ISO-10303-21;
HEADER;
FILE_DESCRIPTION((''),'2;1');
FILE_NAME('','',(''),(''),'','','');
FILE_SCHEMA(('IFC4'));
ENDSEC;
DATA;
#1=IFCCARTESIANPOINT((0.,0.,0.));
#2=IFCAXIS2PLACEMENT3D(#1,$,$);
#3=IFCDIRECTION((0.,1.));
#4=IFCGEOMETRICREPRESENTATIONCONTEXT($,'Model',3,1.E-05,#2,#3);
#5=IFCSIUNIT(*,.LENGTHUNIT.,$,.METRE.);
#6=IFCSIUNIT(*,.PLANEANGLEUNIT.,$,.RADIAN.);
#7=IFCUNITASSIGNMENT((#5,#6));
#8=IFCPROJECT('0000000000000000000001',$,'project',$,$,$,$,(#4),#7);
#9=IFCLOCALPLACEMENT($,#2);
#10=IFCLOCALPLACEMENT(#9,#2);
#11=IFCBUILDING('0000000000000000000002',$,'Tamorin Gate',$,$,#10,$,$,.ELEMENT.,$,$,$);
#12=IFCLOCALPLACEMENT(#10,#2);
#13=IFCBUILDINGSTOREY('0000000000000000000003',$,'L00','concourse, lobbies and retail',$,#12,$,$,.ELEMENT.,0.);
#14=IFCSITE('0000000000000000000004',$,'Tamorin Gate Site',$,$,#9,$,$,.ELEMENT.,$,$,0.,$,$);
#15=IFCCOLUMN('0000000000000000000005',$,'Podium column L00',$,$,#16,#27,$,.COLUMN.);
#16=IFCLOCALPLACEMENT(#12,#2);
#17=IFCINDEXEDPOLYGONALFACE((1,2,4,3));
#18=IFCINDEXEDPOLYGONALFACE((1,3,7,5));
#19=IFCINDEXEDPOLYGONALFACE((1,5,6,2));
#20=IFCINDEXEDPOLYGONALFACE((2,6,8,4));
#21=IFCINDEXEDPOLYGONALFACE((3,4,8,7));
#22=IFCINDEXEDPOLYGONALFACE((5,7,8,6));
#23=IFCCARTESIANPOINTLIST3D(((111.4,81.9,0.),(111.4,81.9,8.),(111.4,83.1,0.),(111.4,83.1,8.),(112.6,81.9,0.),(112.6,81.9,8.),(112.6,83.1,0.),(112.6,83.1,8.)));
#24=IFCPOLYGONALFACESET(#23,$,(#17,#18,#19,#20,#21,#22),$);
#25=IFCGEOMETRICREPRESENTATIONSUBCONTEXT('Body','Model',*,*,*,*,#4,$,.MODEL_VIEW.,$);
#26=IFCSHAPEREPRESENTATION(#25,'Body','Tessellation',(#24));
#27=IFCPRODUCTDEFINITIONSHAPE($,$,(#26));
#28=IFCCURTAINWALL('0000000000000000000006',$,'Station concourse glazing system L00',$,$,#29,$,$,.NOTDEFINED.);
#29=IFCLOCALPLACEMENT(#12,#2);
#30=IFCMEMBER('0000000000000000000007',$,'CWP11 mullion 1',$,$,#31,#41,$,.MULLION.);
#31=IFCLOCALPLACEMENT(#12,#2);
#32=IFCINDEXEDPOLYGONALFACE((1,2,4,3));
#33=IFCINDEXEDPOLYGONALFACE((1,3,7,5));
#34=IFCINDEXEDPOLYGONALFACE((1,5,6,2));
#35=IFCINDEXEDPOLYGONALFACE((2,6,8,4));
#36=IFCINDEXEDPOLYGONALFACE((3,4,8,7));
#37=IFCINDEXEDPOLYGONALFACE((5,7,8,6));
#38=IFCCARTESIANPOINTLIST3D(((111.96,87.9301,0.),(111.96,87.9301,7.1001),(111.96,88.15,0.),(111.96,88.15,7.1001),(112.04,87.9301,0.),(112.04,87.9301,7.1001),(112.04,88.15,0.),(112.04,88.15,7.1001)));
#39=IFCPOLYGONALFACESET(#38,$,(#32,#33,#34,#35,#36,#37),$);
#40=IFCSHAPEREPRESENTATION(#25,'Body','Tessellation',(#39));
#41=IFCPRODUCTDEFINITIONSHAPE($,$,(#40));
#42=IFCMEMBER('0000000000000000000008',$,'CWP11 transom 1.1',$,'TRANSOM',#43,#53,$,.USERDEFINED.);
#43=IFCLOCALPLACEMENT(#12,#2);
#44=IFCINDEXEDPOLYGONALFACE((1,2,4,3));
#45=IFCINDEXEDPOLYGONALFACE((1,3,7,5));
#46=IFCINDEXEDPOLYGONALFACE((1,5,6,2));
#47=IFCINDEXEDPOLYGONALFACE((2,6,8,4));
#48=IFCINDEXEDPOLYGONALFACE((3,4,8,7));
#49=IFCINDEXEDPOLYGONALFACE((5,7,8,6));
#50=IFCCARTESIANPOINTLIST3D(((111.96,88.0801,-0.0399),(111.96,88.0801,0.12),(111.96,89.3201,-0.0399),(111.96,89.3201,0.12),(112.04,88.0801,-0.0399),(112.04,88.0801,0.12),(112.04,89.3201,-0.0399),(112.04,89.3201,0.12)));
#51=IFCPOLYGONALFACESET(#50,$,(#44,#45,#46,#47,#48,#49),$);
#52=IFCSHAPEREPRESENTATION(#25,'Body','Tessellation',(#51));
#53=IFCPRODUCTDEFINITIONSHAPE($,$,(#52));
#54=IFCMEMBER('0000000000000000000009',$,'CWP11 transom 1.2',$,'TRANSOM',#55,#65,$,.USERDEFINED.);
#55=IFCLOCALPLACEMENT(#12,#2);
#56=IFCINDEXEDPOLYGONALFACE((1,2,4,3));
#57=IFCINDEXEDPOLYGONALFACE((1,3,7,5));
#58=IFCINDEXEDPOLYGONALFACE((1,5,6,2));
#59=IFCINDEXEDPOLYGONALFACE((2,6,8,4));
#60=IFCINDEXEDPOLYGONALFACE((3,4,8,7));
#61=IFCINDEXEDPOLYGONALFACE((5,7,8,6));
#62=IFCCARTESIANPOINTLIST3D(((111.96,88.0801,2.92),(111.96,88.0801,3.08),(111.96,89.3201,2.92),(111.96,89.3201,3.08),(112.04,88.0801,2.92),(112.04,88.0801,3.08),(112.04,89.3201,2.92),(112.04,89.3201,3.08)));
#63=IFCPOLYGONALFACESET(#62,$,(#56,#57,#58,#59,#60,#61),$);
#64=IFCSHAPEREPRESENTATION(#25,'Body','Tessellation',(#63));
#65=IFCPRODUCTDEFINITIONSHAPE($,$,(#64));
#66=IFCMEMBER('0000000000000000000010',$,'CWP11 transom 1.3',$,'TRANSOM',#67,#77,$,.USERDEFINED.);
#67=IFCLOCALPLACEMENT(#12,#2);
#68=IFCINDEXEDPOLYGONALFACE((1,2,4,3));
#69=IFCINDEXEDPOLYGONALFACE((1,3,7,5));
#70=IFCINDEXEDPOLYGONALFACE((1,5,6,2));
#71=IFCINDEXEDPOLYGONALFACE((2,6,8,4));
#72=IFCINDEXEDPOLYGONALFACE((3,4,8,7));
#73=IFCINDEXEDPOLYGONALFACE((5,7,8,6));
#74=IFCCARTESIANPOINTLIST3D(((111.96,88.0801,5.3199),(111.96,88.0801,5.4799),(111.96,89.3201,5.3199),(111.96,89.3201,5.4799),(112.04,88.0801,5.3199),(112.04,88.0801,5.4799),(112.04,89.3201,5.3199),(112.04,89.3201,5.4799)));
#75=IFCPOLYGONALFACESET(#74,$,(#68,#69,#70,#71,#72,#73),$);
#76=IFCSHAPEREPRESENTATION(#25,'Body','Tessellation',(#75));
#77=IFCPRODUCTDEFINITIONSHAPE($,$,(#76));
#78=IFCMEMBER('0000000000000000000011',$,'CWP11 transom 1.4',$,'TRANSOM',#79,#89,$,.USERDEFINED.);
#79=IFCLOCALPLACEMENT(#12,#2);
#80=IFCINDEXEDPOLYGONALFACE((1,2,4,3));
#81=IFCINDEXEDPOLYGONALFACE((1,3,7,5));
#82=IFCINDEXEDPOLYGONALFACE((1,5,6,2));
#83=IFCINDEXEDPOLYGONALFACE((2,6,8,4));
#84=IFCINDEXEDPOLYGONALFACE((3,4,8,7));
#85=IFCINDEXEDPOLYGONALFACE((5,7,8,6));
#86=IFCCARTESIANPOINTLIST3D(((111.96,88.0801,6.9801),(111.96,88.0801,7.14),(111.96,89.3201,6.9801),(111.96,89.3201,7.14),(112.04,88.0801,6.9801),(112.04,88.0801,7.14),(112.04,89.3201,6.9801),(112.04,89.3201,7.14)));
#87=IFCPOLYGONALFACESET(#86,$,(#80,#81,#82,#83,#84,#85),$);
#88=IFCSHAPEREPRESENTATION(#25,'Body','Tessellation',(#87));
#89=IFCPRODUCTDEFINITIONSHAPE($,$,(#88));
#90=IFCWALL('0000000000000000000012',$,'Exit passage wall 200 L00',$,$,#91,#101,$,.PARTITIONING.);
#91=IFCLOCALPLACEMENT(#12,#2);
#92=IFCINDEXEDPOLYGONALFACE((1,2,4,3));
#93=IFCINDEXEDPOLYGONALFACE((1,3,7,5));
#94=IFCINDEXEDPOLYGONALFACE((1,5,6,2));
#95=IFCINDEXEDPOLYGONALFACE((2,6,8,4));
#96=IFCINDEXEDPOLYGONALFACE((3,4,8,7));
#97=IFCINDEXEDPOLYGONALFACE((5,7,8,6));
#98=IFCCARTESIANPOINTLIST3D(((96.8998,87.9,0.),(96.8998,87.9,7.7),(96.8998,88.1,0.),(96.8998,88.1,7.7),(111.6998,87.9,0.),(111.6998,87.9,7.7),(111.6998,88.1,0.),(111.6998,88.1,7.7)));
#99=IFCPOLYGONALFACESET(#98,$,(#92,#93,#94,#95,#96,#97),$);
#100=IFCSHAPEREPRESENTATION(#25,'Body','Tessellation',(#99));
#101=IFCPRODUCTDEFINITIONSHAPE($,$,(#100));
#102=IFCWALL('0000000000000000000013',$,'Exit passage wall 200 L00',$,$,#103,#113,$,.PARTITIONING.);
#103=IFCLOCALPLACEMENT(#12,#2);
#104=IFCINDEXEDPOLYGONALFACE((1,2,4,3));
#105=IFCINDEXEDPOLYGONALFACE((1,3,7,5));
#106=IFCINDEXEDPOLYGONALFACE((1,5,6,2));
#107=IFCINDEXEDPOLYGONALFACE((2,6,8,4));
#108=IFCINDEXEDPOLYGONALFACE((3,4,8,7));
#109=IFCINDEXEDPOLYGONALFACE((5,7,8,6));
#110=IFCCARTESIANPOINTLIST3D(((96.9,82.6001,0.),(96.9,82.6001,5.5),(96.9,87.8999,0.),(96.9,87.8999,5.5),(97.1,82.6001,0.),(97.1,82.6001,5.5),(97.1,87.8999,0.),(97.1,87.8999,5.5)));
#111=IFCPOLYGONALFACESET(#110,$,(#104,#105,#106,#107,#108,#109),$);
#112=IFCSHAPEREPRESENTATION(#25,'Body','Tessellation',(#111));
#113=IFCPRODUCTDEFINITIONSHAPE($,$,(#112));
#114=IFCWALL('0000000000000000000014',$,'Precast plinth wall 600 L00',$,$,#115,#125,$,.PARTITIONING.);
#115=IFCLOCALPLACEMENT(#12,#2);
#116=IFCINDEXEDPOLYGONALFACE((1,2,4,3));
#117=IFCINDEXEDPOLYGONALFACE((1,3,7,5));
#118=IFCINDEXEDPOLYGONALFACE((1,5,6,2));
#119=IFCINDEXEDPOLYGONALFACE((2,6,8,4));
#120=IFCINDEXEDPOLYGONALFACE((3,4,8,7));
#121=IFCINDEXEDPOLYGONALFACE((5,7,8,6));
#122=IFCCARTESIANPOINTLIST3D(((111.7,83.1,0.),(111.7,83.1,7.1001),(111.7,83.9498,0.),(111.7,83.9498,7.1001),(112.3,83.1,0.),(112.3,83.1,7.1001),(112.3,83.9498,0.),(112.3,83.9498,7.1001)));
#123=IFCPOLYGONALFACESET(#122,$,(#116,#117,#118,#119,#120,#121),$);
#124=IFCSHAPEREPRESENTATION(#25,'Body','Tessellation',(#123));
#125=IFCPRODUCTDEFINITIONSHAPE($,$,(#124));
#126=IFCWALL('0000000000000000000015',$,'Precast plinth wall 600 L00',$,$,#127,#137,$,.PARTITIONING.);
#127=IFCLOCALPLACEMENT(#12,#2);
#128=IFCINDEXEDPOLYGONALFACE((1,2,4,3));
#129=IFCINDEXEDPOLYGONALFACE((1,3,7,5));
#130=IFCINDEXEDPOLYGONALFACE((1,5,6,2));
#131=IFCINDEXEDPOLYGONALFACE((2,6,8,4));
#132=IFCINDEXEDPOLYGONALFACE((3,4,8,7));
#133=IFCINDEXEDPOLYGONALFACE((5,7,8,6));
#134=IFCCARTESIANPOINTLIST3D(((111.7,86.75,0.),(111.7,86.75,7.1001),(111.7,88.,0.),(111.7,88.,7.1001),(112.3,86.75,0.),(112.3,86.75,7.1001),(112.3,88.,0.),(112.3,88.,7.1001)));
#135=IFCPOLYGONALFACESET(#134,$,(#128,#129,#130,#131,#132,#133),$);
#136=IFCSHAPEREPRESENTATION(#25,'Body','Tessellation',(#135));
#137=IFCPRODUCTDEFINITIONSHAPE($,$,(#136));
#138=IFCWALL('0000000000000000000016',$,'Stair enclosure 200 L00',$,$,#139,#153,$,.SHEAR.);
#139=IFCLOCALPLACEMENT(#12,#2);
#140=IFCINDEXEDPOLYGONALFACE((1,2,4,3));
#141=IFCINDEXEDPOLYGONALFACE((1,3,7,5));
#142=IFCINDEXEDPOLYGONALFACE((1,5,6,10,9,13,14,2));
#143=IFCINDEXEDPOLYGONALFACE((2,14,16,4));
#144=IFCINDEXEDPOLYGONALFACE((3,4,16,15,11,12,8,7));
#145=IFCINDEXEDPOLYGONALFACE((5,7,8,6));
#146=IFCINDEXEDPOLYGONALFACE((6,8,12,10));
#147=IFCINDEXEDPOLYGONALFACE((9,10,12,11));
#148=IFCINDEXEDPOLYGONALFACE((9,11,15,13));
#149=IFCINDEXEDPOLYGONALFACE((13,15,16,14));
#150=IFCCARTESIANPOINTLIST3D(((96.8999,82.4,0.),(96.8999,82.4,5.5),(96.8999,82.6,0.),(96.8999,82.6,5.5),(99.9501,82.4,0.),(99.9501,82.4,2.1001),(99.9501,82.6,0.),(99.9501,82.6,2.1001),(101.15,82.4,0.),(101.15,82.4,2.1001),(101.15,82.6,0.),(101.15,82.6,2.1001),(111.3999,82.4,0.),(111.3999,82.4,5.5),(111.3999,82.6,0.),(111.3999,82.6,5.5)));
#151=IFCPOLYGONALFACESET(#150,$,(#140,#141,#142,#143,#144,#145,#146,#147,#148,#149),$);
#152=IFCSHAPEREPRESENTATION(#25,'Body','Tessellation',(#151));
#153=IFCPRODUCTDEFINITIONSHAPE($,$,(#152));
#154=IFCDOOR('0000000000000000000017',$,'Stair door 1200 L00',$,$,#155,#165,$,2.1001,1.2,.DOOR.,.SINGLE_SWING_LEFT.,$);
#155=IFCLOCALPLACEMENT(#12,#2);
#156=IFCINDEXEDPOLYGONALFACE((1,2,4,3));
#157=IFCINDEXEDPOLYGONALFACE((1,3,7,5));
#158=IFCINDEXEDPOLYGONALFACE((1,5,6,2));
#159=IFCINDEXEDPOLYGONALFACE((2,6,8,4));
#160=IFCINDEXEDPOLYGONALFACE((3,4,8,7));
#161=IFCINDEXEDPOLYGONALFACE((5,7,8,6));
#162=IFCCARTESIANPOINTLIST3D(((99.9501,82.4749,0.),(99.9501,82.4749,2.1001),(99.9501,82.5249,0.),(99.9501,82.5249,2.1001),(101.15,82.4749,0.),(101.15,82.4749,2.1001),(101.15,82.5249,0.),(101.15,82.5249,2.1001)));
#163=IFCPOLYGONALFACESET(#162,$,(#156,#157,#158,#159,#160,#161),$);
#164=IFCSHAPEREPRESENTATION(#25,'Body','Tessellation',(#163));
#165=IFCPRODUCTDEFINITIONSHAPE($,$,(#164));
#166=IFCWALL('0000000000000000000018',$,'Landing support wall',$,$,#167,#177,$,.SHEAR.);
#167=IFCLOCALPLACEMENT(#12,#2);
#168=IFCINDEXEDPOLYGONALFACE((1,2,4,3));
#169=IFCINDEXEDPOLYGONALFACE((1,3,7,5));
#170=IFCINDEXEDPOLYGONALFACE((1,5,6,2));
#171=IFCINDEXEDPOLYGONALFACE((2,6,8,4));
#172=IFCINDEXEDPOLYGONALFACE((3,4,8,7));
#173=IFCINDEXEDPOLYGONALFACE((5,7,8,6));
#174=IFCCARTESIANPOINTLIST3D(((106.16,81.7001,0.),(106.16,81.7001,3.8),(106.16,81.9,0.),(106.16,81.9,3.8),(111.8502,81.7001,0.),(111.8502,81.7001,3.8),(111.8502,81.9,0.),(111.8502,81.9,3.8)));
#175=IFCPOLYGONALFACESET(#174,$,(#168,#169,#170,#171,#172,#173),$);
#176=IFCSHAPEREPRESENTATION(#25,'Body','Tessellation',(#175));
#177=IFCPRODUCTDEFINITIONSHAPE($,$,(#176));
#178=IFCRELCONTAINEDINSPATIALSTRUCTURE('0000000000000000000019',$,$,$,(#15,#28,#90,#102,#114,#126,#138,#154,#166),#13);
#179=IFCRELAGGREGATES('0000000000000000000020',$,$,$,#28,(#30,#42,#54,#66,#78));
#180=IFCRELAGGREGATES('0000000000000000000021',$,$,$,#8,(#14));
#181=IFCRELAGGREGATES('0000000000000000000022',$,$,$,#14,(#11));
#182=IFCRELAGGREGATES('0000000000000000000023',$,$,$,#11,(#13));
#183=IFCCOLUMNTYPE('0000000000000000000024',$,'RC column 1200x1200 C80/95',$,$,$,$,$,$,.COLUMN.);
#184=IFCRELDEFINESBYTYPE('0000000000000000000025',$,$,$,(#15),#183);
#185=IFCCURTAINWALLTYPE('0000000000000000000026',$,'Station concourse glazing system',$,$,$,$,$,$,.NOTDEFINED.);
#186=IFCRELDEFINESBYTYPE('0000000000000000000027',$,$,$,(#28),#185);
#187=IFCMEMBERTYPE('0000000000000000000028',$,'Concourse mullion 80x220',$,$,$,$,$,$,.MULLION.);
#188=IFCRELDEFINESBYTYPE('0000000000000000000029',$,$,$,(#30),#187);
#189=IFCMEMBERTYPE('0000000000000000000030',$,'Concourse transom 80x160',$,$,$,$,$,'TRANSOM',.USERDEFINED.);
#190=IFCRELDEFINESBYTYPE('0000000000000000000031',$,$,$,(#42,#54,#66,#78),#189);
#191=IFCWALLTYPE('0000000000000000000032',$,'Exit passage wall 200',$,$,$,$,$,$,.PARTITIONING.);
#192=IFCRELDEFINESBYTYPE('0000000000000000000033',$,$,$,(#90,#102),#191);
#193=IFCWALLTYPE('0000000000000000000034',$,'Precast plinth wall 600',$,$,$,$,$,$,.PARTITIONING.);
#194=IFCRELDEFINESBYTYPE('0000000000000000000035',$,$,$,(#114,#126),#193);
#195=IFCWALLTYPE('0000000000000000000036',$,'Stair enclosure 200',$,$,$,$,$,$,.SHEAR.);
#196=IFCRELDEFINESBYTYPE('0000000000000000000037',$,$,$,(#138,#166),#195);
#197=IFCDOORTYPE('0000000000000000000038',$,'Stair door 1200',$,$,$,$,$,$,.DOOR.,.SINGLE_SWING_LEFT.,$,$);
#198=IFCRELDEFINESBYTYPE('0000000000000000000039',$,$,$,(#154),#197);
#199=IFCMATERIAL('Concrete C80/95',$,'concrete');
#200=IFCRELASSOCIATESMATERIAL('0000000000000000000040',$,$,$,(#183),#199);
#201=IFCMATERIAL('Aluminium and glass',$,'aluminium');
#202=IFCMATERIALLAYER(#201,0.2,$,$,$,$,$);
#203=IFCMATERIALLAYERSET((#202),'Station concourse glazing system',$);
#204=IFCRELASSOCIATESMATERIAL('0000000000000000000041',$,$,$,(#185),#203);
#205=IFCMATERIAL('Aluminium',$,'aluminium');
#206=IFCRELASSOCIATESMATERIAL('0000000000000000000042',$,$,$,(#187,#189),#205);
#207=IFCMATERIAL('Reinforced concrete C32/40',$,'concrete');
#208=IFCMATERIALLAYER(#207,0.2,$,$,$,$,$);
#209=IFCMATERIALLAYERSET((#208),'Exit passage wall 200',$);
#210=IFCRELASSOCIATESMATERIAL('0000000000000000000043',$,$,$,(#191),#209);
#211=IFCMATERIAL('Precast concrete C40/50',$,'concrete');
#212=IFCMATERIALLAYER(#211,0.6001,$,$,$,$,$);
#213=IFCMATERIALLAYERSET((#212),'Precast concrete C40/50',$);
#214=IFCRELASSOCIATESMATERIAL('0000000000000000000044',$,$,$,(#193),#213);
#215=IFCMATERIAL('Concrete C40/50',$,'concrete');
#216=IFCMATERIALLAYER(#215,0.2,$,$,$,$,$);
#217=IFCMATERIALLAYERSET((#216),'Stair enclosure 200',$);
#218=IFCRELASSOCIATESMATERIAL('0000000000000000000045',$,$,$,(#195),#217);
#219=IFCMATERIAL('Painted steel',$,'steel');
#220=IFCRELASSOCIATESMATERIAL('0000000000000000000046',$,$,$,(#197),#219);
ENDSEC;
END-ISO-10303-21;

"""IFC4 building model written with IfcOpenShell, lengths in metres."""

from ifc_helpers import new_model, si_unit, direction, frame, frame_2d, origin, origin_2d, place, context, subcontext, project, spatial, rectangle, extrude, material, layer, layer_set, material_profile, profile_set, type_object, element, fill, aggregate, save


model = new_model("IFC4")

# Units and contexts
model_context = context("Model", 3, precision=1e-05, world=origin(), true_north=direction((0.0, 1.0)))
body_context = subcontext(model_context, "Body", "Model", "MODEL_VIEW")
ifc_project = project(units=[si_unit("LENGTHUNIT", "METRE"), si_unit("PLANEANGLEUNIT", "RADIAN")], contexts=[model_context])

# Site, building, storey
site_placement = place(None, origin())
site = spatial("IfcSite", under=ifc_project, at=site_placement, Name="Tamorin Gate Site", CompositionType="ELEMENT", RefElevation=0.0)
building_placement = place(site_placement, origin())
building = spatial("IfcBuilding", under=site, at=building_placement, Name="Tamorin Gate", CompositionType="ELEMENT")
storey_placement = place(building_placement, origin())
storey = spatial("IfcBuildingStorey", under=building, at=storey_placement, Name="L00", Description="concourse, lobbies and retail", CompositionType="ELEMENT", Elevation=0.0)

# Column
ifc_material_1 = material(Name="Concrete C80/95", Category="concrete")
ifc_material_profile_1 = material_profile(ifc_material_1, rectangle(XDim=1.2, YDim=1.2, at=origin_2d()), Name="RC 1200x1200")
ifc_profile_set_1 = profile_set([ifc_material_profile_1], Name="Concrete C80/95")
column_type = type_object("IfcColumnType", Name="RC column 1200x1200 C80/95", PredefinedType="COLUMN", material=ifc_profile_set_1)
column_placement = place(storey_placement, frame((112.0, 82.5, 0.0), z_axis=(0.0, 0.0, 1.0), x_axis=(1.0, 0.0, 0.0)))
element("IfcColumn", 1, at=column_placement, inside=storey, type_object=column_type, Name="Podium column L00", PredefinedType="COLUMN", context=body_context, shape_type="SweptSolid", body=[
    extrude(rectangle(XDim=1.2, YDim=1.2, at=origin_2d()), origin(), (0.0, 0.0, 1.0), 8.0),
])

# Curtain wall, members
ifc_material_2 = material(Name="Aluminium and glass", Category="aluminium")
ifc_layer_1 = layer(ifc_material_2, 0.2)
ifc_layer_set_1 = layer_set([ifc_layer_1], Name="Station concourse glazing system")
curtain_wall_type = type_object("IfcCurtainWallType", Name="Station concourse glazing system", PredefinedType="NOTDEFINED", material=ifc_layer_set_1)
curtain_wall_placement = place(storey_placement, origin())
curtain_wall = element("IfcCurtainWall", 2, at=curtain_wall_placement, inside=storey, type_object=curtain_wall_type, Name="Station concourse glazing system L00", PredefinedType="NOTDEFINED")
ifc_material_3 = material(Name="Aluminium", Category="aluminium")
ifc_material_profile_2 = material_profile(ifc_material_3, rectangle(XDim=0.0801, YDim=0.22, at=origin_2d()), Name="RECT 80x220")
ifc_profile_set_2 = profile_set([ifc_material_profile_2], Name="Aluminium")
member_type_1 = type_object("IfcMemberType", Name="Concourse mullion 80x220", PredefinedType="MULLION", material=ifc_profile_set_2)
member_1_placement = place(storey_placement, frame((112.0, 88.04, 0.0), z_axis=(0.0, 0.0, 1.0), x_axis=(-1.0, 0.0, 0.0)))
member_1 = element("IfcMember", 3, at=member_1_placement, type_object=member_type_1, Name="CWP11 mullion 1", PredefinedType="MULLION", context=body_context, shape_type="SweptSolid", body=[
    extrude(rectangle(XDim=0.0801, YDim=0.22, at=origin_2d()), origin(), (0.0, 0.0, 1.0), 7.1001),
])
ifc_material_profile_3 = material_profile(ifc_material_3, rectangle(XDim=0.0801, YDim=0.1599, at=origin_2d()), Name="RECT 80x160")
ifc_profile_set_3 = profile_set([ifc_material_profile_3], Name="Aluminium")
member_type_2 = type_object("IfcMemberType", Name="Concourse transom 80x160", ElementType="TRANSOM", PredefinedType="USERDEFINED", material=ifc_profile_set_3)
member_2_placement = place(storey_placement, frame((112.0, 88.0801, 0.04), z_axis=(0.0, 1.0, 0.0), x_axis=(-1.0, 0.0, 0.0)))
member_2 = element("IfcMember", 4, at=member_2_placement, type_object=member_type_2, Name="CWP11 transom 1.1", ObjectType="TRANSOM", PredefinedType="USERDEFINED", context=body_context, shape_type="SweptSolid", body=[
    extrude(rectangle(XDim=0.0801, YDim=0.1599, at=origin_2d()), origin(), (0.0, 0.0, 1.0), 1.24),
])
member_3_placement = place(storey_placement, frame((112.0, 88.0801, 3.0), z_axis=(0.0, 1.0, 0.0), x_axis=(-1.0, 0.0, 0.0)))
member_3 = element("IfcMember", 5, at=member_3_placement, type_object=member_type_2, Name="CWP11 transom 1.2", ObjectType="TRANSOM", PredefinedType="USERDEFINED", context=body_context, shape_type="SweptSolid", body=[
    extrude(rectangle(XDim=0.0801, YDim=0.1599, at=origin_2d()), origin(), (0.0, 0.0, 1.0), 1.24),
])
member_4_placement = place(storey_placement, frame((112.0, 88.0801, 5.3999), z_axis=(0.0, 1.0, 0.0), x_axis=(-1.0, 0.0, 0.0)))
member_4 = element("IfcMember", 6, at=member_4_placement, type_object=member_type_2, Name="CWP11 transom 1.3", ObjectType="TRANSOM", PredefinedType="USERDEFINED", context=body_context, shape_type="SweptSolid", body=[
    extrude(rectangle(XDim=0.0801, YDim=0.1599, at=origin_2d()), origin(), (0.0, 0.0, 1.0), 1.24),
])
member_5_placement = place(storey_placement, frame((112.0, 88.0801, 7.0601), z_axis=(0.0, 1.0, 0.0), x_axis=(-1.0, 0.0, 0.0)))
member_5 = element("IfcMember", 7, at=member_5_placement, type_object=member_type_2, Name="CWP11 transom 1.4", ObjectType="TRANSOM", PredefinedType="USERDEFINED", context=body_context, shape_type="SweptSolid", body=[
    extrude(rectangle(XDim=0.0801, YDim=0.1599, at=origin_2d()), origin(), (0.0, 0.0, 1.0), 1.24),
])
aggregate(curtain_wall, [member_1, member_2, member_3, member_4, member_5])

# Walls
ifc_material_4 = material(Name="Reinforced concrete C32/40", Category="concrete")
ifc_layer_2 = layer(ifc_material_4, 0.2)
ifc_layer_set_2 = layer_set([ifc_layer_2], Name="Exit passage wall 200")
wall_type_1 = type_object("IfcWallType", Name="Exit passage wall 200", PredefinedType="PARTITIONING", material=ifc_layer_set_2)
wall_1_placement = place(storey_placement, frame((96.8999, 88.0, 0.0), z_axis=(0.0, 0.0, 1.0), x_axis=(1.0, 0.0, 0.0)))
element("IfcWall", 8, at=wall_1_placement, inside=storey, type_object=wall_type_1, Name="Exit passage wall 200 L00", PredefinedType="PARTITIONING", context=body_context, shape_type="SweptSolid", body=[
    extrude(rectangle(XDim=14.8, YDim=0.2, at=frame_2d((7.3999, 0.0))), origin(), (0.0, 0.0, 1.0), 7.7),
])
wall_2_placement = place(storey_placement, frame((97.0, 82.6001, 0.0), z_axis=(0.0, 0.0, 1.0), x_axis=(0.0, 1.0, 0.0)))
element("IfcWall", 9, at=wall_2_placement, inside=storey, type_object=wall_type_1, Name="Exit passage wall 200 L00", PredefinedType="PARTITIONING", context=body_context, shape_type="SweptSolid", body=[
    extrude(rectangle(XDim=5.2998, YDim=0.2, at=frame_2d((2.6499, 0.0))), origin(), (0.0, 0.0, 1.0), 5.5),
])

# Shared definitions
ifc_material_5 = material(Name="Precast concrete C40/50", Category="concrete")
ifc_layer_3 = layer(ifc_material_5, 0.6001)
ifc_layer_set_3 = layer_set([ifc_layer_3], Name="Precast concrete C40/50")
wall_type_2 = type_object("IfcWallType", Name="Precast plinth wall 600", PredefinedType="PARTITIONING", material=ifc_layer_set_3)

# Walls
wall_3_placement = place(storey_placement, frame((112.0, 83.1001, 0.0), z_axis=(0.0, 0.0, 1.0), x_axis=(0.0, 1.0, 0.0)))
element("IfcWall", 10, at=wall_3_placement, inside=storey, type_object=wall_type_2, Name="Precast plinth wall 600 L00", PredefinedType="PARTITIONING", context=body_context, shape_type="SweptSolid", body=[
    extrude(rectangle(XDim=0.8499, YDim=0.6001, at=frame_2d((0.4248, 0.0))), origin(), (0.0, 0.0, 1.0), 7.1001),
])
wall_4_placement = place(storey_placement, frame((112.0, 86.75, 0.0), z_axis=(0.0, 0.0, 1.0), x_axis=(0.0, 1.0, 0.0)))
element("IfcWall", 11, at=wall_4_placement, inside=storey, type_object=wall_type_2, Name="Precast plinth wall 600 L00", PredefinedType="PARTITIONING", context=body_context, shape_type="SweptSolid", body=[
    extrude(rectangle(XDim=1.25, YDim=0.6001, at=frame_2d((0.625, 0.0))), origin(), (0.0, 0.0, 1.0), 7.1001),
])

# Wall, opening, door
ifc_material_6 = material(Name="Concrete C40/50", Category="concrete")
ifc_layer_4 = layer(ifc_material_6, 0.2)
ifc_layer_set_4 = layer_set([ifc_layer_4], Name="Stair enclosure 200")
wall_type_3 = type_object("IfcWallType", Name="Stair enclosure 200", PredefinedType="SHEAR", material=ifc_layer_set_4)
wall_5_placement = place(storey_placement, frame((96.8999, 82.5, 0.0), z_axis=(0.0, 0.0, 1.0), x_axis=(1.0, 0.0, 0.0)))
wall_5 = element("IfcWall", 12, at=wall_5_placement, inside=storey, type_object=wall_type_3, Name="Stair enclosure 200 L00", PredefinedType="SHEAR", context=body_context, shape_type="SweptSolid", body=[
    extrude(rectangle(XDim=14.5, YDim=0.2, at=frame_2d((7.25, 0.0))), origin(), (0.0, 0.0, 1.0), 5.5),
])
opening_1_placement = place(wall_5_placement, frame((3.05, 0.0, 0.0)))
opening_1 = element("IfcOpeningElement", 13, at=opening_1_placement, cuts=wall_5, PredefinedType="OPENING", context=body_context, shape_type="SweptSolid", body=[
    extrude(rectangle(XDim=1.2, YDim=2.1001, at=frame_2d((0.6001, 1.05))), frame((0.0, 0.1099, 0.0), z_axis=(0.0, -1.0, 0.0), x_axis=(1.0, 0.0, 0.0)), (0.0, 0.0, 1.0), 0.22),
])
ifc_material_7 = material(Name="Painted steel", Category="steel")
door_type_1 = type_object("IfcDoorType", Name="Stair door 1200", OperationType="SINGLE_SWING_LEFT", PredefinedType="DOOR", material=ifc_material_7)
door_1_placement = place(opening_1_placement, origin())
door_1 = element("IfcDoor", 14, at=door_1_placement, inside=storey, type_object=door_type_1, Name="Stair door 1200 L00", OperationType="SINGLE_SWING_LEFT", OverallHeight=2.1001, OverallWidth=1.2, PredefinedType="DOOR", context=body_context, shape_type="SweptSolid", body=[
    extrude(rectangle(XDim=1.2, YDim=2.1001, at=frame_2d((0.6001, 1.05))), frame((0.0, 0.0249, 0.0), z_axis=(0.0, -1.0, 0.0), x_axis=(1.0, 0.0, 0.0)), (0.0, 0.0, 1.0), 0.05),
])
fill(opening_1, door_1)

# Wall
wall_6_placement = place(storey_placement, frame((106.1599, 81.8, 0.0), z_axis=(0.0, 0.0, 1.0), x_axis=(1.0, 0.0, 0.0)))
element("IfcWall", 15, at=wall_6_placement, inside=storey, type_object=wall_type_3, Name="Landing support wall", PredefinedType="SHEAR", context=body_context, shape_type="SweptSolid", body=[
    extrude(rectangle(XDim=5.6902, YDim=0.2, at=frame_2d((2.8452, 0.0))), origin(), (0.0, 0.0, 1.0), 3.8),
])

save(model, "model.ifc")
